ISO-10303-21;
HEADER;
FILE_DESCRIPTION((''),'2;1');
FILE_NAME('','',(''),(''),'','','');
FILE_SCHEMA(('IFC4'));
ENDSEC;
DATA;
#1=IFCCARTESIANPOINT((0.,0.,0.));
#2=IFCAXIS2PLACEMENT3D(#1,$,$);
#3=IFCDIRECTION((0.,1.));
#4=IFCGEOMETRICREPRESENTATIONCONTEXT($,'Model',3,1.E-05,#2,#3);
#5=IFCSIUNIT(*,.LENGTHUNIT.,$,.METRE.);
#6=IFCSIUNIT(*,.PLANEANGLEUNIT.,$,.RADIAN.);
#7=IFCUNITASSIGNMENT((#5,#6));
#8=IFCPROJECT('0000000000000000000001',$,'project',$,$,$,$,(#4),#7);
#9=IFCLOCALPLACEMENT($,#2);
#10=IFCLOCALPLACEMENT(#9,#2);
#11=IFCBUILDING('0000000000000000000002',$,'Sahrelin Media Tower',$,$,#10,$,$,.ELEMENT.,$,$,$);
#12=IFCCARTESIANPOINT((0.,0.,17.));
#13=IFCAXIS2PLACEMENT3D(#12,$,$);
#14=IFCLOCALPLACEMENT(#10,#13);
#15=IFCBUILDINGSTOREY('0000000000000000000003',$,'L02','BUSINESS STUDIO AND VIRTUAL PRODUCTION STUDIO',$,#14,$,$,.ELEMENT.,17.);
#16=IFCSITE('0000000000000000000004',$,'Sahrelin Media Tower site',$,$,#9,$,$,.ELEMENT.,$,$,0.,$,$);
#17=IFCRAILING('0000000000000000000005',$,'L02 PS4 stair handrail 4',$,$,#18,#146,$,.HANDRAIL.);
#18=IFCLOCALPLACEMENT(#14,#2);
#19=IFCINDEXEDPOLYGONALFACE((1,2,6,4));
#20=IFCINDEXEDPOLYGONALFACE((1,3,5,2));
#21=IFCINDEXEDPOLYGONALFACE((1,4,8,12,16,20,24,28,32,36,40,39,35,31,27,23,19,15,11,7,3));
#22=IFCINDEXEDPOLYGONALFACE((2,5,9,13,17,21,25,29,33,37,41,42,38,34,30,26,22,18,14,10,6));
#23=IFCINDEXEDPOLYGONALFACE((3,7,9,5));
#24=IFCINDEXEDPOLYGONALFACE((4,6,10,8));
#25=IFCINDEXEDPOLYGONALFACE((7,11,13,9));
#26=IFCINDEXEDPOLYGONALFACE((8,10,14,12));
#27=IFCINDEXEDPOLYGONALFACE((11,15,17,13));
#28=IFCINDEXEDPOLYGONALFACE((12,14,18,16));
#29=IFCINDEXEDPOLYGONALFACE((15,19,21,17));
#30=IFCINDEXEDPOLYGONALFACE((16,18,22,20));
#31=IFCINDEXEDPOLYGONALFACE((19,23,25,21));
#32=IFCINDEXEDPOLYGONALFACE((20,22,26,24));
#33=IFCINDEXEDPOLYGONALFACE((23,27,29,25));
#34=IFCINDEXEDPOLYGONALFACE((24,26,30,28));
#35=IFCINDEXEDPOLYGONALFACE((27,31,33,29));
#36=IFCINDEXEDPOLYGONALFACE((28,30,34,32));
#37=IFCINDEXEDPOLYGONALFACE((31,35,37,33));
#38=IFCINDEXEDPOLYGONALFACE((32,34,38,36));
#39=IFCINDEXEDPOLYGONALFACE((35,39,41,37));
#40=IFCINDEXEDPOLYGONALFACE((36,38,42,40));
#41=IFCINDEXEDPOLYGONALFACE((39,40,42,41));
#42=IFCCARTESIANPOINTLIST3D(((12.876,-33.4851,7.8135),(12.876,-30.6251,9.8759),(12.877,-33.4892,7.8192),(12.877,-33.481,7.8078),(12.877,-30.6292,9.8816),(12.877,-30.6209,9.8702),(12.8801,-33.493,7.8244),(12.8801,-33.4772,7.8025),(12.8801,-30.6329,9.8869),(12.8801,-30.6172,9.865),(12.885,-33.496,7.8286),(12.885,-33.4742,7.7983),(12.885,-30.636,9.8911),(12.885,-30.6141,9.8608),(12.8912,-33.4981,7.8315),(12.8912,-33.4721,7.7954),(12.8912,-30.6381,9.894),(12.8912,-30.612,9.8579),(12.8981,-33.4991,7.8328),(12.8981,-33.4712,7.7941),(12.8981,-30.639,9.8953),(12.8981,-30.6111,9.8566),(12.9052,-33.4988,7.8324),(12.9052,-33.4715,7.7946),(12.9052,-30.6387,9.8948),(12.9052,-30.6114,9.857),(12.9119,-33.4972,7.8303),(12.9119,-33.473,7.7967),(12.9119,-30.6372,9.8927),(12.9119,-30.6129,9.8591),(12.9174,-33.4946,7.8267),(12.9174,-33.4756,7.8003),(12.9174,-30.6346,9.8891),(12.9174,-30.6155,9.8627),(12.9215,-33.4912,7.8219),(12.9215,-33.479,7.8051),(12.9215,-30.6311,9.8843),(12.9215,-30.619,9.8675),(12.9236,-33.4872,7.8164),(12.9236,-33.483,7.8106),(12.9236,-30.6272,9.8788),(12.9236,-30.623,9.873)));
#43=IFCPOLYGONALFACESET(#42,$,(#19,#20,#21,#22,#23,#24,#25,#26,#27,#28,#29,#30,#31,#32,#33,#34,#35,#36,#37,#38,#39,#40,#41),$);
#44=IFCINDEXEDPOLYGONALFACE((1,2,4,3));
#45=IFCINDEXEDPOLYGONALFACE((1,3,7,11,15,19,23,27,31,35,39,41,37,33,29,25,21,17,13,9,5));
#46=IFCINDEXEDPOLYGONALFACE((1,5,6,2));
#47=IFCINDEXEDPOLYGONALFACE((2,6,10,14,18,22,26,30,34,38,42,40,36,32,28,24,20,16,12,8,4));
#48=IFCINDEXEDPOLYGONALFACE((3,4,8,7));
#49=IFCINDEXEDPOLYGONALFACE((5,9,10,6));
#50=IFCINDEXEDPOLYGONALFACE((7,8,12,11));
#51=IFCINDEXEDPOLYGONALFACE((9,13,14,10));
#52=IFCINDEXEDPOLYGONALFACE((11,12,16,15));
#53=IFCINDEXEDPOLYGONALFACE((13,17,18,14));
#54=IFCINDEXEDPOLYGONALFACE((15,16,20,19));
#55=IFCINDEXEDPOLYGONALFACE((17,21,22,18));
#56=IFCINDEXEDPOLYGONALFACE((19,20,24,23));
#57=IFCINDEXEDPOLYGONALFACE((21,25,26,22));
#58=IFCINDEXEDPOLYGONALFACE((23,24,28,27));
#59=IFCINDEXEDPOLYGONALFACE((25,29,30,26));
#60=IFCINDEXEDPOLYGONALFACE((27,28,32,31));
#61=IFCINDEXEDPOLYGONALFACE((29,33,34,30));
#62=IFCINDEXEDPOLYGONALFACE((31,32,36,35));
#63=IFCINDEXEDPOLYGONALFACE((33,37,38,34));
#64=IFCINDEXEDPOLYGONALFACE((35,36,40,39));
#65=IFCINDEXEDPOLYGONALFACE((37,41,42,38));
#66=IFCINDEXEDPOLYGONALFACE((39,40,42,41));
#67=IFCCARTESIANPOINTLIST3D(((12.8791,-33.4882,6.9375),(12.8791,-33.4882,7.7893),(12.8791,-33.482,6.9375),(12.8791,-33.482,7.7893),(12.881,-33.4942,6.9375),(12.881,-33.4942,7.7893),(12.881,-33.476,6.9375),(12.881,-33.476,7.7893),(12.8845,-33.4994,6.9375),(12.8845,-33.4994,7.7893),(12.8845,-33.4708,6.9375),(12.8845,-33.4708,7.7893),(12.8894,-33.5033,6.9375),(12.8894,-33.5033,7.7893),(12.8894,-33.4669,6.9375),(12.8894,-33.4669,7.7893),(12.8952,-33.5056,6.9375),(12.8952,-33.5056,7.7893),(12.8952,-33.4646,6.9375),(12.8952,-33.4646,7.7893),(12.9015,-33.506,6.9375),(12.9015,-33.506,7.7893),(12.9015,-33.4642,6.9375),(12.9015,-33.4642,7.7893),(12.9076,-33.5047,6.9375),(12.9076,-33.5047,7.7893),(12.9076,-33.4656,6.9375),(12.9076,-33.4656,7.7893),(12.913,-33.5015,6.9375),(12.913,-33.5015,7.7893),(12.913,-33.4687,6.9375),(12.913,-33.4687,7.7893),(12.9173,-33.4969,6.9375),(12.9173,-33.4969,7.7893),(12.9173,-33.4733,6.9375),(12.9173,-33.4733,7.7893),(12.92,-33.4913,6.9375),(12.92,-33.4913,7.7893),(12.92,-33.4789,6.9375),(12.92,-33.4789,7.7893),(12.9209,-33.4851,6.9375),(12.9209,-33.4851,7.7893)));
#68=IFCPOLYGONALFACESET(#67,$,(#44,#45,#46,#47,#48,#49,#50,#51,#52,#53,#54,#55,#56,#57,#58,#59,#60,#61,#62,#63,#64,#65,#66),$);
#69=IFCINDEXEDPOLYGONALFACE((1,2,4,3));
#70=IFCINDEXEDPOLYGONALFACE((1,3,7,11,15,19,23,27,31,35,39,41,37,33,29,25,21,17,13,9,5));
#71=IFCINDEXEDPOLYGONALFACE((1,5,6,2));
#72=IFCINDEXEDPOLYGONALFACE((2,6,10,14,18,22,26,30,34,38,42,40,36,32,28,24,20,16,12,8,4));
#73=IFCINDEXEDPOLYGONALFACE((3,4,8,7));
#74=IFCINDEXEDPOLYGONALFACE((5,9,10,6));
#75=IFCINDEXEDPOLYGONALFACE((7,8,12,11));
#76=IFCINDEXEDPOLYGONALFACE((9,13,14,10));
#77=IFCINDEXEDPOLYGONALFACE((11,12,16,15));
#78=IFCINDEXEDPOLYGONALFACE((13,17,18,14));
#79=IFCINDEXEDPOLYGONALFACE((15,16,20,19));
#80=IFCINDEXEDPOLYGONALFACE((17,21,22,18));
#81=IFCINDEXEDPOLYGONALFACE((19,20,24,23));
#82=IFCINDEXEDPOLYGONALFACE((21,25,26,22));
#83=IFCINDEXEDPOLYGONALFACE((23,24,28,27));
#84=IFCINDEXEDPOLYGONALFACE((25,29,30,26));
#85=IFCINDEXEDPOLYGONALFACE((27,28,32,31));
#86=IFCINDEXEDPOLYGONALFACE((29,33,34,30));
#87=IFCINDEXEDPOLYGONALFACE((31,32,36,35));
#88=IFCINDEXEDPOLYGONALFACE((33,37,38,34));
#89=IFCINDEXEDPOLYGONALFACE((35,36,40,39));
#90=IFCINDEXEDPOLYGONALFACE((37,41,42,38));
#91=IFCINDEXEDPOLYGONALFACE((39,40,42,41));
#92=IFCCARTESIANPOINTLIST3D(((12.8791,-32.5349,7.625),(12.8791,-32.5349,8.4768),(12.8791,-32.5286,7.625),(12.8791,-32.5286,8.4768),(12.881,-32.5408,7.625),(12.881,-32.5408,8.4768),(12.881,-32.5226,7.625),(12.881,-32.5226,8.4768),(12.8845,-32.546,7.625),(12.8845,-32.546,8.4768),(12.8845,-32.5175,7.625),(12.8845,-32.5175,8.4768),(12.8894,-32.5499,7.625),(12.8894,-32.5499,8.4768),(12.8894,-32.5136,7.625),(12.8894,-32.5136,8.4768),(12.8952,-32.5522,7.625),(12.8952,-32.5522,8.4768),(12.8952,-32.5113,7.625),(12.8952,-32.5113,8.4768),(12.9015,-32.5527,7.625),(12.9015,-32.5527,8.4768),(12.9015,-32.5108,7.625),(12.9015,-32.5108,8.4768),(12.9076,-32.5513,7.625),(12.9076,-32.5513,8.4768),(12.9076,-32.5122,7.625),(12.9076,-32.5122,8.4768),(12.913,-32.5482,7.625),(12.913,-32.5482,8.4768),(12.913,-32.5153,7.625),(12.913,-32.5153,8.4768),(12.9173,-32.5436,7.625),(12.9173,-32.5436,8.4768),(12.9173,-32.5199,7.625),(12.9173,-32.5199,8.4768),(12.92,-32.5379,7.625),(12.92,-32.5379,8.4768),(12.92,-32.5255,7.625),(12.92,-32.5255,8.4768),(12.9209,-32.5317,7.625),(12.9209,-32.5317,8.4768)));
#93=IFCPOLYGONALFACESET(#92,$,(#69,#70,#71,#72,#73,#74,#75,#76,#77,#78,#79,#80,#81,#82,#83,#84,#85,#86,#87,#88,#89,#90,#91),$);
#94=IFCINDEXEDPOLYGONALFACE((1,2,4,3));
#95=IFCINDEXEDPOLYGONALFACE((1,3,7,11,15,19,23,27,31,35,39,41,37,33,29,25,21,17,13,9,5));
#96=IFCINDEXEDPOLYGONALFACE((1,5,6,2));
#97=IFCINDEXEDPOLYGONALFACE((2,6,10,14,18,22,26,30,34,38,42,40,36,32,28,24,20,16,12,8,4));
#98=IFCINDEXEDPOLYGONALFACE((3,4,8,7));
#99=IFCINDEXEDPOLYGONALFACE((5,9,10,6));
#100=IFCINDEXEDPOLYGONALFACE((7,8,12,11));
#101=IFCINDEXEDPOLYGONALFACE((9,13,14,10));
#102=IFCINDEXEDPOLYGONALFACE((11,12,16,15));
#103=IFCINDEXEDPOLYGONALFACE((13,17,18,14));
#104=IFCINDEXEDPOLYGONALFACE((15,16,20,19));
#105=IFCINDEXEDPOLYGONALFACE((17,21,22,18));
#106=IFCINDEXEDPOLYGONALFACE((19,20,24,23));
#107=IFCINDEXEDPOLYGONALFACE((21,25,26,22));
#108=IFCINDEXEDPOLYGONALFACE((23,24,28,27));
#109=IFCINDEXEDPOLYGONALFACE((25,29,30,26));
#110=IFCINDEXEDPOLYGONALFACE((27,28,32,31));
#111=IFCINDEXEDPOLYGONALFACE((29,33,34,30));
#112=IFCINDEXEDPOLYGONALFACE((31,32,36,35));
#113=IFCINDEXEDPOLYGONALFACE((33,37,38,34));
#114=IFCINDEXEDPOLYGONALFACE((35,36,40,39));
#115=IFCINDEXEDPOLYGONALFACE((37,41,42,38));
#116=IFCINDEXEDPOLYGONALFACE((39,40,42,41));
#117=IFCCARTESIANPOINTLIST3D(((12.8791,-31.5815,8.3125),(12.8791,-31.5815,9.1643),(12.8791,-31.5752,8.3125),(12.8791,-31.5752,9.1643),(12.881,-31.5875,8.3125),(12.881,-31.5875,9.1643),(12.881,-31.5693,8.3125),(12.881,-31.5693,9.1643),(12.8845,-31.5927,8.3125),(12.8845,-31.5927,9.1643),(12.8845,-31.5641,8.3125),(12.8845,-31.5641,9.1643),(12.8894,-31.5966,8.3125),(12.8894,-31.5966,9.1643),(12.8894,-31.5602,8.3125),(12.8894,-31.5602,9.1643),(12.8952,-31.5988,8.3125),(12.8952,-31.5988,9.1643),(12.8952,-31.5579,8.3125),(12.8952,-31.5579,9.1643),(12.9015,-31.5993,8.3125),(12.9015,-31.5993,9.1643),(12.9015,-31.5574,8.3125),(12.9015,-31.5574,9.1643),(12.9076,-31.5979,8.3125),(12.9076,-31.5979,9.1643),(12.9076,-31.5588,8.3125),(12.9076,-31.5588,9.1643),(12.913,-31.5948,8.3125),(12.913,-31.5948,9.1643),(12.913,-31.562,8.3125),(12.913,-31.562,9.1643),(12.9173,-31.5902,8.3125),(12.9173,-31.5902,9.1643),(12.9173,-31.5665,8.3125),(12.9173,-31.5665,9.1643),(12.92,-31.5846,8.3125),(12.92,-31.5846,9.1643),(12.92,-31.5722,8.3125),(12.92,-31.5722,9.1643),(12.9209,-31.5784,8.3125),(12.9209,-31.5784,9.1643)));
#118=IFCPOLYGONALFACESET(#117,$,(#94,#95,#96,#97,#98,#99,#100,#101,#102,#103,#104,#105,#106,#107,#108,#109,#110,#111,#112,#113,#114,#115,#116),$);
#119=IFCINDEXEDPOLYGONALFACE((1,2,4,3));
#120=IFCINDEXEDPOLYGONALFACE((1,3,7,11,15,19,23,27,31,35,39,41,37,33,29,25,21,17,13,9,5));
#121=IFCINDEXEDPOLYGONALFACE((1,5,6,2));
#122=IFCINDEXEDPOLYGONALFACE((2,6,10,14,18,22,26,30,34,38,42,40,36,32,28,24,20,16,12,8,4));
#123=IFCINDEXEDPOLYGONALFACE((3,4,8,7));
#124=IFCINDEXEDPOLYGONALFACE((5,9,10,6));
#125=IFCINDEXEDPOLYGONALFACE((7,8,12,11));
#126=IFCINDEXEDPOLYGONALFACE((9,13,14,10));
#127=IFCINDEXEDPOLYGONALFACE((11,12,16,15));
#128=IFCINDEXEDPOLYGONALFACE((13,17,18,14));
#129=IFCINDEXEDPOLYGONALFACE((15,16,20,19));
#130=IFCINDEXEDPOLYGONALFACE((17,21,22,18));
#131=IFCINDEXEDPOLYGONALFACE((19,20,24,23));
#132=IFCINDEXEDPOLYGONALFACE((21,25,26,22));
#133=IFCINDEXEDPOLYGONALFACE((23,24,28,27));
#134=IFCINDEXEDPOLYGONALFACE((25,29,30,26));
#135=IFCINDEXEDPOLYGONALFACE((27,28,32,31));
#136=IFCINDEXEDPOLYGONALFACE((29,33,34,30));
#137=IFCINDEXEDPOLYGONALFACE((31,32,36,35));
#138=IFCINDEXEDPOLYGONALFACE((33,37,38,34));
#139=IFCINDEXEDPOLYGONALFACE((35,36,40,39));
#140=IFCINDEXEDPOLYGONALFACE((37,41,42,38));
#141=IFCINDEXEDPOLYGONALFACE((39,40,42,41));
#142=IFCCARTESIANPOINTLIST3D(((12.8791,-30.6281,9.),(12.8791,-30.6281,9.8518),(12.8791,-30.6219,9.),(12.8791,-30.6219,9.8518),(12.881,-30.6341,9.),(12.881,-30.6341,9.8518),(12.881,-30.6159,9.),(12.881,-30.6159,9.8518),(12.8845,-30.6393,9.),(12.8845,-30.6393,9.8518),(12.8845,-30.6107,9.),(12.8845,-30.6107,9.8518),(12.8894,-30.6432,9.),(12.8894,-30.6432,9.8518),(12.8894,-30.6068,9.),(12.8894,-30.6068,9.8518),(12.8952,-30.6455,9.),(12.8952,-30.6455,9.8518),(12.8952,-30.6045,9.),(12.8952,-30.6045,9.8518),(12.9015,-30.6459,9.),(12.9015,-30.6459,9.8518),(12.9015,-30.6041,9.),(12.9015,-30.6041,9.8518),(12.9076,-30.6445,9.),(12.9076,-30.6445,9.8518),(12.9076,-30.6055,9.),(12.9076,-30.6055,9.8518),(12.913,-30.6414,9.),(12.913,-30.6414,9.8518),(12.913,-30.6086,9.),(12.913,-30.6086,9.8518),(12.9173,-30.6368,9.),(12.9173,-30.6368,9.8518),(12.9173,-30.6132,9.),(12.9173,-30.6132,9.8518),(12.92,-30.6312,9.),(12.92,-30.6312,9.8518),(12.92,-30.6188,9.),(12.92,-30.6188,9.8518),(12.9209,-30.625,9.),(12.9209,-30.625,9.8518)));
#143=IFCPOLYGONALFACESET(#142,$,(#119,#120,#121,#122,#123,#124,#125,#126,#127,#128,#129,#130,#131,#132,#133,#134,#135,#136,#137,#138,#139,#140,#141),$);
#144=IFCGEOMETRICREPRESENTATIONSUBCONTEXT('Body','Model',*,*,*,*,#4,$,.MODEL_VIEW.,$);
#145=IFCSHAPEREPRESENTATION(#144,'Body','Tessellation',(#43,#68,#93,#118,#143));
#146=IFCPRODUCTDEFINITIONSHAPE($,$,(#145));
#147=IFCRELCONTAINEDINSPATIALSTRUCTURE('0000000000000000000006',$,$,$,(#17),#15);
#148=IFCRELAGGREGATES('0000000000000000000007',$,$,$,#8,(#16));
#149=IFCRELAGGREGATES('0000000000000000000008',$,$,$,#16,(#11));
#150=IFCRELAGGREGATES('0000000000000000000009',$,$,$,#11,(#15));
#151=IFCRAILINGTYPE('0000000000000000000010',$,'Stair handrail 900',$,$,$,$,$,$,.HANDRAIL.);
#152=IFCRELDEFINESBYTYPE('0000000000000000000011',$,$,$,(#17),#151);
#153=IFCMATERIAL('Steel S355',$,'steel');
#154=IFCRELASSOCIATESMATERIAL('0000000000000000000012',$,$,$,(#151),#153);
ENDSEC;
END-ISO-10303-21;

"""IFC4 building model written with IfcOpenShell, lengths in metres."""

from ifc_helpers import new_model, si_unit, direction, frame, origin, origin_2d, place, context, subcontext, project, spatial, circle, extrude, material, type_object, element, save


model = new_model("IFC4")

# Units and contexts
model_context = context("Model", 3, precision=1e-05, world=origin(), true_north=direction((0.0, 1.0)))
body_context = subcontext(model_context, "Body", "Model", "MODEL_VIEW")
ifc_project = project(units=[si_unit("LENGTHUNIT", "METRE"), si_unit("PLANEANGLEUNIT", "RADIAN")], contexts=[model_context])

# Site, building, storey
site_placement = place(None, origin())
site = spatial("IfcSite", under=ifc_project, at=site_placement, Name="Sahrelin Media Tower site", CompositionType="ELEMENT", RefElevation=0.0)
building_placement = place(site_placement, origin())
building = spatial("IfcBuilding", under=site, at=building_placement, Name="Sahrelin Media Tower", CompositionType="ELEMENT")
storey_placement = place(building_placement, frame((0.0, 0.0, 17.0)))
storey = spatial("IfcBuildingStorey", under=building, at=storey_placement, Name="L02", Description="BUSINESS STUDIO AND VIRTUAL PRODUCTION STUDIO", CompositionType="ELEMENT", Elevation=17.0)

# Shared definitions
ifc_material_1 = material(Name="Steel S355", Category="steel")

# Railing
railing_type = type_object("IfcRailingType", Name="Stair handrail 900", PredefinedType="HANDRAIL", material=ifc_material_1)
for number, where, name in (
    (1, (12.8999, -33.4851, 6.9375), "L02 PS4 stair handrail 4"),
):
    element("IfcRailing", number, at=place(storey_placement, frame(where)), inside=storey, type_object=railing_type, Name=name, PredefinedType="HANDRAIL", context=body_context, shape_type="SweptSolid", body=[
        extrude(circle(Radius=0.0239, at=origin_2d()), frame((0.0, 0.0, 0.876), z_axis=(0.0, 0.811101, 0.584906), x_axis=(-1.0, 0.0, 0.0)), (0.0, 0.0, 1.0), 3.5261),
        extrude(circle(Radius=0.021, at=origin_2d()), origin(), (0.0, 0.0, 1.0), 0.8518),
        extrude(circle(Radius=0.021, at=origin_2d()), frame((0.0, 0.9534, 0.6875)), (0.0, 0.0, 1.0), 0.8518),
        extrude(circle(Radius=0.021, at=origin_2d()), frame((0.0, 1.9067, 1.375)), (0.0, 0.0, 1.0), 0.8518),
        extrude(circle(Radius=0.021, at=origin_2d()), frame((0.0, 2.8601, 2.0625)), (0.0, 0.0, 1.0), 0.8518),
    ])

save(model, "model.ifc")
